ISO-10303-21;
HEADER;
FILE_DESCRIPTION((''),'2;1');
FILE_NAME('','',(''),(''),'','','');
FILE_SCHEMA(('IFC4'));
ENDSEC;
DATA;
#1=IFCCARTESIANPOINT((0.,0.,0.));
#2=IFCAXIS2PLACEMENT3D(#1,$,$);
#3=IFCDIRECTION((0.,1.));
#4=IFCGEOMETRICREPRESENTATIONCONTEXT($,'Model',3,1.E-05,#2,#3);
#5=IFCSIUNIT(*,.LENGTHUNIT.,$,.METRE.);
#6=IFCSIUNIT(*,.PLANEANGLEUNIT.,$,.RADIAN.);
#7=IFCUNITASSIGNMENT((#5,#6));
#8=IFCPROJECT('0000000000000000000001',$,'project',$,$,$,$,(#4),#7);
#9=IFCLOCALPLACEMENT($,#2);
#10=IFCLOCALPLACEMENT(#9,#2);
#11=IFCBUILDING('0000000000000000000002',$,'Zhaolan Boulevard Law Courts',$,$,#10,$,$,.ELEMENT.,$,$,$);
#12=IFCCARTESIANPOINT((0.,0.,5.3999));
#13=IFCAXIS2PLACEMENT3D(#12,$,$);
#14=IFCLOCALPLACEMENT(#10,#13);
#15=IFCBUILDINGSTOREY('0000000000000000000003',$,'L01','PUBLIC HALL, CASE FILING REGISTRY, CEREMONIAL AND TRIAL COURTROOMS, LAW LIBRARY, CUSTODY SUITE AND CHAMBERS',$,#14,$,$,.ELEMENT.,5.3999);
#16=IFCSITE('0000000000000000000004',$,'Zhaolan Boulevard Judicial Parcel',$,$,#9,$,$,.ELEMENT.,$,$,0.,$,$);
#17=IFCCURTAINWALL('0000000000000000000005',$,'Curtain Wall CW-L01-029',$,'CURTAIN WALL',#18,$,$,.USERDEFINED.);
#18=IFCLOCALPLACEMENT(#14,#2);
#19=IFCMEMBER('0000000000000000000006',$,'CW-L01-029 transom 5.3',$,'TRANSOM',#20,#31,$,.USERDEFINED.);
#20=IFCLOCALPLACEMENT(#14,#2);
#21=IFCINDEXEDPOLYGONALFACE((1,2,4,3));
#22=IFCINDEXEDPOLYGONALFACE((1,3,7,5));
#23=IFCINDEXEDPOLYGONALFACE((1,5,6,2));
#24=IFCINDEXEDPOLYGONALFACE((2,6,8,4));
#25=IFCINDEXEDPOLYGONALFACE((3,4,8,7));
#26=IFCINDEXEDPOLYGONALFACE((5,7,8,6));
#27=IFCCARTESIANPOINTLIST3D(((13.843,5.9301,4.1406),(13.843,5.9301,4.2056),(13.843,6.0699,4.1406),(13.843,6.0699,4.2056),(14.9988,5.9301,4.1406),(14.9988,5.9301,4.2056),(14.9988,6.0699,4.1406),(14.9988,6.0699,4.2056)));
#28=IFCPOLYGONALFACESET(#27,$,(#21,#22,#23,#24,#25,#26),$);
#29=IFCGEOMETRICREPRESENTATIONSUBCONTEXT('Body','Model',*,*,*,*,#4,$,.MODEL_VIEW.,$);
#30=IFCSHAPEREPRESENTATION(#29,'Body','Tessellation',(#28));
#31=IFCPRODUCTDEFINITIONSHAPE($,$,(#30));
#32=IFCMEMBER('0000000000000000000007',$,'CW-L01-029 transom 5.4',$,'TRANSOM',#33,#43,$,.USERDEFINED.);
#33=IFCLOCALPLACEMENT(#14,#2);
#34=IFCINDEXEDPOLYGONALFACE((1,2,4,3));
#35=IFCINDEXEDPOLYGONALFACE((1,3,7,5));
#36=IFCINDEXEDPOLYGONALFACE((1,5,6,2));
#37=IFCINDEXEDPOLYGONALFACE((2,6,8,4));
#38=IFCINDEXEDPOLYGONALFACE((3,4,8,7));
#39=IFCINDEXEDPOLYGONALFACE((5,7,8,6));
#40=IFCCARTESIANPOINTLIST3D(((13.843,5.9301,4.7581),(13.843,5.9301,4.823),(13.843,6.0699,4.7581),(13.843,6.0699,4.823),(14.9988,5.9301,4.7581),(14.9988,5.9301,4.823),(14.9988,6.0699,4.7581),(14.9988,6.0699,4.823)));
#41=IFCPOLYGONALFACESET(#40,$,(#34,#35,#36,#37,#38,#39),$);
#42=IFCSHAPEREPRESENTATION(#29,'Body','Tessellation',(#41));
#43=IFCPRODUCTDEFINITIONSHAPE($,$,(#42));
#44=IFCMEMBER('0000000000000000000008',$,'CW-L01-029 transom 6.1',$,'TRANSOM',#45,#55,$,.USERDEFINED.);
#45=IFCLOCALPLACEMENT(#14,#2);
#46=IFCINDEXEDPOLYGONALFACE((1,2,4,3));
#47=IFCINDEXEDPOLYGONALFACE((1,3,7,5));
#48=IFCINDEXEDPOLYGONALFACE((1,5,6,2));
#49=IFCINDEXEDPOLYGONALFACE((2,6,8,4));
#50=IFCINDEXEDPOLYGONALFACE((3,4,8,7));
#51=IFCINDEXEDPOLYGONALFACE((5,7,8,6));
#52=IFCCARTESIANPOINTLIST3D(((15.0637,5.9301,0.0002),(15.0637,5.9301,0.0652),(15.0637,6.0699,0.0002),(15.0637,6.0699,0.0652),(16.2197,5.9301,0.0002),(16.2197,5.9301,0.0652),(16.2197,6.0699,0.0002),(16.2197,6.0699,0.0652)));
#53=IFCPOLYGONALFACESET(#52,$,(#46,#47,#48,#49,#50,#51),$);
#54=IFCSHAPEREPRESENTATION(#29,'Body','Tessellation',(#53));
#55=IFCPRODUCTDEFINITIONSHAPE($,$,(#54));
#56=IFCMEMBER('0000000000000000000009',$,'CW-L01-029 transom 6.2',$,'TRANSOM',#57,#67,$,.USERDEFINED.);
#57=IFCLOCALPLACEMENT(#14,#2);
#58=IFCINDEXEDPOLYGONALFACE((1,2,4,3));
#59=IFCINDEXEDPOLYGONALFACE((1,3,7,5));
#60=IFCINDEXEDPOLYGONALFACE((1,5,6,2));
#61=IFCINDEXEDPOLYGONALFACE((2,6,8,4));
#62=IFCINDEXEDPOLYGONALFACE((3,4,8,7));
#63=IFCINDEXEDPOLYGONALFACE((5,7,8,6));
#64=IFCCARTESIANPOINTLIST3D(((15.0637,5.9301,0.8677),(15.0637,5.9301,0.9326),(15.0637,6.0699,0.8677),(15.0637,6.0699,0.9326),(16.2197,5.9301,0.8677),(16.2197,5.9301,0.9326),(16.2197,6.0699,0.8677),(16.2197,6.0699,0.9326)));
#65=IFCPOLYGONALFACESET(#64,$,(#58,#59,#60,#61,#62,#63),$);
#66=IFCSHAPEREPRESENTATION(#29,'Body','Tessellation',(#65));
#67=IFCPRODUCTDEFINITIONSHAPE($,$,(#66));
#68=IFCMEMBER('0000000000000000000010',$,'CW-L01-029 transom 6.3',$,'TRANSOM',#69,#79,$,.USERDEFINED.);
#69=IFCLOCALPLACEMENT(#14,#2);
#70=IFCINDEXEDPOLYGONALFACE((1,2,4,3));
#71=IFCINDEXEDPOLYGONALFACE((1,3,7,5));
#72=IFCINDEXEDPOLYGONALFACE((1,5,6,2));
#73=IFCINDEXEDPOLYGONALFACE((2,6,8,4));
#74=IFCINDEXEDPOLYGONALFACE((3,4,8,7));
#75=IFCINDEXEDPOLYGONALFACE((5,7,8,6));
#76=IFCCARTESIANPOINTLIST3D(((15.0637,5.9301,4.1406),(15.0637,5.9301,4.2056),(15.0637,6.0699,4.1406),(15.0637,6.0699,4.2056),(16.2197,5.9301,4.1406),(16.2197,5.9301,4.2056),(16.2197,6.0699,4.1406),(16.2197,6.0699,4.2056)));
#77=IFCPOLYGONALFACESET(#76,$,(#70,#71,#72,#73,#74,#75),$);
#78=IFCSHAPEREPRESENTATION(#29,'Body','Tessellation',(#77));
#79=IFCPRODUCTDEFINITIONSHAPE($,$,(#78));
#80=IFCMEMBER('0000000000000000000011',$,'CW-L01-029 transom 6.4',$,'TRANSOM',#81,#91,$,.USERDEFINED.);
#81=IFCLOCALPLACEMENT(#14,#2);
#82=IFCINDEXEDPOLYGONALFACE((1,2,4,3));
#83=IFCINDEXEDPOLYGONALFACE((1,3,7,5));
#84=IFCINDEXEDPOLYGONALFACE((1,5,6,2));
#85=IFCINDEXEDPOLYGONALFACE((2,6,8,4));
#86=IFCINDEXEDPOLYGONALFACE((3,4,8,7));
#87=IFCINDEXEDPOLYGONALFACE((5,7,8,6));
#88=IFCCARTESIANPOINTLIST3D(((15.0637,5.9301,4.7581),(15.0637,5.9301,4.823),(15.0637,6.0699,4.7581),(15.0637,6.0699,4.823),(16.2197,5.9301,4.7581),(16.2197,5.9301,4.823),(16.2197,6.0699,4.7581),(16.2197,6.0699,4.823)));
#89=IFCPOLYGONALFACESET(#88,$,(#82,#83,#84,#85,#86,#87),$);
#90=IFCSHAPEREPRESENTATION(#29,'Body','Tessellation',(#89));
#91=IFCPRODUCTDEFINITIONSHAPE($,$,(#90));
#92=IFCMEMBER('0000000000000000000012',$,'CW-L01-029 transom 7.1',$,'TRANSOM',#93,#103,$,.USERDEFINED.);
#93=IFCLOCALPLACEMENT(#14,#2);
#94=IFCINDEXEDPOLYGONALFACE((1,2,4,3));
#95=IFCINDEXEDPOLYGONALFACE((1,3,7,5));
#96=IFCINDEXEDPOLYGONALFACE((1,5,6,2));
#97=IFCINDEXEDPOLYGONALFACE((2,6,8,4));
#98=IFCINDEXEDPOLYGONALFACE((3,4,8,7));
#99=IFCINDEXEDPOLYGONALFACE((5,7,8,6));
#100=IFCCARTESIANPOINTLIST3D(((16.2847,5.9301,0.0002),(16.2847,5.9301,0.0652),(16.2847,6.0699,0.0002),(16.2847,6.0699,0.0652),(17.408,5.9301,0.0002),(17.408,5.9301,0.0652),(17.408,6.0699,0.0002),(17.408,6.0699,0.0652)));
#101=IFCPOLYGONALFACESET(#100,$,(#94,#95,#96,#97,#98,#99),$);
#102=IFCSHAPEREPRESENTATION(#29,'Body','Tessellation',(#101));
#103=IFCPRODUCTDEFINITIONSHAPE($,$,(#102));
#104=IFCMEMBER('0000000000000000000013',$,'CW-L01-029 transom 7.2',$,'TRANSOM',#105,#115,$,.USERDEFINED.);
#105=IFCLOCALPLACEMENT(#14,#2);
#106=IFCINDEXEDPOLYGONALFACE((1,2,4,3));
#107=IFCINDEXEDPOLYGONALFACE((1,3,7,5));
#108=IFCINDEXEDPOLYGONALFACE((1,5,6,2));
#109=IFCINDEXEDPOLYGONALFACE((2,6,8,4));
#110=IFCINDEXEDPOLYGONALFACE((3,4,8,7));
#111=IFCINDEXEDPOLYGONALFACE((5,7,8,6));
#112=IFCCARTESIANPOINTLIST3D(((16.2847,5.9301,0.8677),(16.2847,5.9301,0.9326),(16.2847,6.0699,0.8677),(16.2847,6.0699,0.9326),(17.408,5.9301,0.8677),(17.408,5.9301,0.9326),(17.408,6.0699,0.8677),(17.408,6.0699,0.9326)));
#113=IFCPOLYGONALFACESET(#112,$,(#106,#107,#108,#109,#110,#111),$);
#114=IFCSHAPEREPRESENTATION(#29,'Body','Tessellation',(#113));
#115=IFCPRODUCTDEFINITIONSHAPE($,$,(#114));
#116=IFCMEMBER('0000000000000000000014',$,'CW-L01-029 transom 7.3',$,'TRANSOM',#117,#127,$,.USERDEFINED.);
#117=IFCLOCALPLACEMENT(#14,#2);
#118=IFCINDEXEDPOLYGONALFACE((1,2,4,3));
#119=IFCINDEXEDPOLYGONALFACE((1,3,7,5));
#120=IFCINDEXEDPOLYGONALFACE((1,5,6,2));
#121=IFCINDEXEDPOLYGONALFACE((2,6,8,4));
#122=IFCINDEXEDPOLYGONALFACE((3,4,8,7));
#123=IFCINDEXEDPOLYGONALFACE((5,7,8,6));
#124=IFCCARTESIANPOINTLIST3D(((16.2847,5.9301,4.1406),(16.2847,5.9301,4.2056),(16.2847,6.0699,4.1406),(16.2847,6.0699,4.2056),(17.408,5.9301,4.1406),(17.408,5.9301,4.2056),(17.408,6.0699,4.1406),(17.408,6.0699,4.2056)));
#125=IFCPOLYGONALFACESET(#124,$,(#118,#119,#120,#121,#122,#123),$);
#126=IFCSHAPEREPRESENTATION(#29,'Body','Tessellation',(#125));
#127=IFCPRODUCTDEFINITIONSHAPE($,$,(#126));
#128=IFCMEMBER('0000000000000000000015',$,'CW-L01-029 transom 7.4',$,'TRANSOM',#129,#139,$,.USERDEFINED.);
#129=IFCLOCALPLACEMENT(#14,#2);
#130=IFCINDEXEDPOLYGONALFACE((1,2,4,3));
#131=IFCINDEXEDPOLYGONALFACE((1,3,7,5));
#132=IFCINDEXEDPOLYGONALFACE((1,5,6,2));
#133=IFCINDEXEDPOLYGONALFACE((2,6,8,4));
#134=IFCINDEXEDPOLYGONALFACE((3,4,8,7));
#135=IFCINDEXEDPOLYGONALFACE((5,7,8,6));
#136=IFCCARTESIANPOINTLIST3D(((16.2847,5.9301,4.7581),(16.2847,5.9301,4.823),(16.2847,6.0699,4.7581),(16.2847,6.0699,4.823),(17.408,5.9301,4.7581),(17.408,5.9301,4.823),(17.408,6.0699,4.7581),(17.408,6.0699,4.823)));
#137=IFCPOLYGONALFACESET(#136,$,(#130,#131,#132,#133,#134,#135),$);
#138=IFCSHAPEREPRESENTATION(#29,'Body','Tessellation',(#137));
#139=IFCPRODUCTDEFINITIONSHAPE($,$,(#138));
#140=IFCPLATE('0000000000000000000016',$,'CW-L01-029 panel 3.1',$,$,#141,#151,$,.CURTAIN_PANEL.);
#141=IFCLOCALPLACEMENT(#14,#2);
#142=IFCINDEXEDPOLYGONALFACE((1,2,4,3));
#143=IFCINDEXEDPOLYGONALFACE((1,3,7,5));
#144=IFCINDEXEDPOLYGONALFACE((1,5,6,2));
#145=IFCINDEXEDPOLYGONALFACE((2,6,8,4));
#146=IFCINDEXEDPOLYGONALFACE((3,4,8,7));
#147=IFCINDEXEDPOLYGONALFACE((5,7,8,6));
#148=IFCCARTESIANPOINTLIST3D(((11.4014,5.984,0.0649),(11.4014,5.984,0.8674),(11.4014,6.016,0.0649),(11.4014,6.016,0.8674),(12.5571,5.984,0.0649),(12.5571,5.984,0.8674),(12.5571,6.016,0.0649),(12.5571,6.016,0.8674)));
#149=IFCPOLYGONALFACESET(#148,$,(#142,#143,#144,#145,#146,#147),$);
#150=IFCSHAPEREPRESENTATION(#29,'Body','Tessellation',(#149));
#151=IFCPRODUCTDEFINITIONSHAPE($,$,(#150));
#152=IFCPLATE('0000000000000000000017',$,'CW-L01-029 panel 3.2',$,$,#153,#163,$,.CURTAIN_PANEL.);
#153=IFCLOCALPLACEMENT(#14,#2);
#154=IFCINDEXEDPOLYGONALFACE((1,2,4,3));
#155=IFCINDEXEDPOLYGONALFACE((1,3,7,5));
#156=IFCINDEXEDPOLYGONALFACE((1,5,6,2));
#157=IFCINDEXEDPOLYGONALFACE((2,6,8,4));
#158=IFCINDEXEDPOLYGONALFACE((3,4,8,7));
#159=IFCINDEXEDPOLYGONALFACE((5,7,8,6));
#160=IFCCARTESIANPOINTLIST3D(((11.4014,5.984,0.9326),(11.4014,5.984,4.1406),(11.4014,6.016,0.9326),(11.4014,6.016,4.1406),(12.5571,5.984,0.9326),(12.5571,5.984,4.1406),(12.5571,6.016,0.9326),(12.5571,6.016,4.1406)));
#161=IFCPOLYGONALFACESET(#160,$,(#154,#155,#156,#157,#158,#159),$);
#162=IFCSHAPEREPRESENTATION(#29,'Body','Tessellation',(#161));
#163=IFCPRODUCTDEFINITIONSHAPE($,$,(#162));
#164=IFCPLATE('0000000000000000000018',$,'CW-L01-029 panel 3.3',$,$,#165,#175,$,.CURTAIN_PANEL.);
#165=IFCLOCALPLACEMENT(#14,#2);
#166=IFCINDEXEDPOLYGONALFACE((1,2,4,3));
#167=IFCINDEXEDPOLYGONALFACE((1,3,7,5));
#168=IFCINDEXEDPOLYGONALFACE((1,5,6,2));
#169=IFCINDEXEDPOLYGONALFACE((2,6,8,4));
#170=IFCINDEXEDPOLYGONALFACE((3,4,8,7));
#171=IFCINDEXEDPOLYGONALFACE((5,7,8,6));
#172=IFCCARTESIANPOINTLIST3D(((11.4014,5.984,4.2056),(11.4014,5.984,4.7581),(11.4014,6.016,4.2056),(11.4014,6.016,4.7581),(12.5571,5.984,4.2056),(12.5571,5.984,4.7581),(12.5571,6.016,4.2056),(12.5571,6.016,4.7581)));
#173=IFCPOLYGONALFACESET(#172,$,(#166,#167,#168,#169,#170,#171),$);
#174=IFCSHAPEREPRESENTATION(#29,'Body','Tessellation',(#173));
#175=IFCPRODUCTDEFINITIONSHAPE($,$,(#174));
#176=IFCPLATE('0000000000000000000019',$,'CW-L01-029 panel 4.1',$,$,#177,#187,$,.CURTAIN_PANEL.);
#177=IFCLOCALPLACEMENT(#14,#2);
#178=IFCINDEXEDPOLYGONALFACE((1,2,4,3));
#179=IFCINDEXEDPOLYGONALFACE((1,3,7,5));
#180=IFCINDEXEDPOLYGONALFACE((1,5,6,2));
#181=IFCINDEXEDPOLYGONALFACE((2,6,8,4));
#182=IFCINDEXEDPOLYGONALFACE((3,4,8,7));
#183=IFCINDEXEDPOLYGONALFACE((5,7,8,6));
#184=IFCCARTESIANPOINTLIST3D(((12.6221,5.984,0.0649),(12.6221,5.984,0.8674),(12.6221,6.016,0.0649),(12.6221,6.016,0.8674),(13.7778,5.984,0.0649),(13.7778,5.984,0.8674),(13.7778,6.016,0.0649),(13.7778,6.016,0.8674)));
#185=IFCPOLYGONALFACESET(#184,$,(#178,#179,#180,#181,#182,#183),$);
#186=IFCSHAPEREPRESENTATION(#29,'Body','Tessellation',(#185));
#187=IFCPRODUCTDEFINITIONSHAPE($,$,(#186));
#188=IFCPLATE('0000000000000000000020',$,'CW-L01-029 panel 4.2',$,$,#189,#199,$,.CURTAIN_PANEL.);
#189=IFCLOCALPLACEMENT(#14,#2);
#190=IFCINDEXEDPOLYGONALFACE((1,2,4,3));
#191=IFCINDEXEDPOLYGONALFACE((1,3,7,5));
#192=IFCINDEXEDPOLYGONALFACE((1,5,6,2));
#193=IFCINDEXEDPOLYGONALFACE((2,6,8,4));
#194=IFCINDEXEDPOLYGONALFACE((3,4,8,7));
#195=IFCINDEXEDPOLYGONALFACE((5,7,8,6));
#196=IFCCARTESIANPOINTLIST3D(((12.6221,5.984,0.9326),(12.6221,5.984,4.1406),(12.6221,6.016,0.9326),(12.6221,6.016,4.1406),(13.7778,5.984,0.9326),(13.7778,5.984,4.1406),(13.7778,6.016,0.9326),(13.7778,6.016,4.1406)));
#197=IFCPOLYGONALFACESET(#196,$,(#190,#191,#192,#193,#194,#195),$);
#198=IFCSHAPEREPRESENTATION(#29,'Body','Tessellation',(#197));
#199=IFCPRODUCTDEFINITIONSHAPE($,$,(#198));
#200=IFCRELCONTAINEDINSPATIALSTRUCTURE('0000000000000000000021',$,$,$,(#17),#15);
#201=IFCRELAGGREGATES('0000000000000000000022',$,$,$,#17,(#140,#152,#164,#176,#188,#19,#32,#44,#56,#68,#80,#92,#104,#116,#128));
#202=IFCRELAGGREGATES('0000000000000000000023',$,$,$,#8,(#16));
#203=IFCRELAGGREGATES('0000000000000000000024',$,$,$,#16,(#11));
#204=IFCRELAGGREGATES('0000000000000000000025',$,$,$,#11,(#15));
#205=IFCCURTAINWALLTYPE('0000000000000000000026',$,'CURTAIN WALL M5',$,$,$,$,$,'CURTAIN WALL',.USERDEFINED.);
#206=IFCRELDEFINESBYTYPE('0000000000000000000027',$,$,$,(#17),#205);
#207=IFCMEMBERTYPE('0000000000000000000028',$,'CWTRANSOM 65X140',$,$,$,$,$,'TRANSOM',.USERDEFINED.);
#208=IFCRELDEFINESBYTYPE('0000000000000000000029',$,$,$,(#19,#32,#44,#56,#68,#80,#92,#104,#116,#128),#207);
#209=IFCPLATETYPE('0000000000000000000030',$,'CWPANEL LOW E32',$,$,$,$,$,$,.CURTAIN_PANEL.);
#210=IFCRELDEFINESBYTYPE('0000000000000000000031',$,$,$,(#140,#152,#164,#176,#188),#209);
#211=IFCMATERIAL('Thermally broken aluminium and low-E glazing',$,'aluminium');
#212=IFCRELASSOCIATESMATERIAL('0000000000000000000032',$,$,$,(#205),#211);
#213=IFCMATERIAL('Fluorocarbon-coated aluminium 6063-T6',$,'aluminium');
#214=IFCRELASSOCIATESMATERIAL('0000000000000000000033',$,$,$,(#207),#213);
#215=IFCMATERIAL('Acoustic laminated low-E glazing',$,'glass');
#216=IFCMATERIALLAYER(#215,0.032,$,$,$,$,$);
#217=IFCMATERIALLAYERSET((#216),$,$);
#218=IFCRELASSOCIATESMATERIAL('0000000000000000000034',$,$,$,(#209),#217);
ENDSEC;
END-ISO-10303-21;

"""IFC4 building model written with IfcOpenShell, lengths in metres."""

from ifc_helpers import new_model, si_unit, direction, frame, origin, origin_2d, place, context, subcontext, project, spatial, rectangle, extrude, material, layer, layer_set, material_profile, profile_set, type_object, element, aggregate, save


model = new_model("IFC4")

# Units and contexts
model_context = context("Model", 3, precision=1e-05, world=origin(), true_north=direction((0.0, 1.0)))
body_context = subcontext(model_context, "Body", "Model", "MODEL_VIEW")
ifc_project = project(units=[si_unit("LENGTHUNIT", "METRE"), si_unit("PLANEANGLEUNIT", "RADIAN")], contexts=[model_context])

# Site, building, storey
site_placement = place(None, origin())
site = spatial("IfcSite", under=ifc_project, at=site_placement, Name="Zhaolan Boulevard Judicial Parcel", CompositionType="ELEMENT", RefElevation=0.0)
building_placement = place(site_placement, origin())
building = spatial("IfcBuilding", under=site, at=building_placement, Name="Zhaolan Boulevard Law Courts", CompositionType="ELEMENT")
storey_placement = place(building_placement, frame((0.0, 0.0, 5.3999)))
storey = spatial("IfcBuildingStorey", under=building, at=storey_placement, Name="L01", Description="PUBLIC HALL, CASE FILING REGISTRY, CEREMONIAL AND TRIAL COURTROOMS, LAW LIBRARY, CUSTODY SUITE AND CHAMBERS", CompositionType="ELEMENT", Elevation=5.3999)

# Curtain wall, members, plates
ifc_material_1 = material(Name="Thermally broken aluminium and low-E glazing", Category="aluminium")
curtain_wall_type = type_object("IfcCurtainWallType", Name="CURTAIN WALL M5", ElementType="CURTAIN WALL", PredefinedType="USERDEFINED", material=ifc_material_1)
curtain_wall_placement = place(storey_placement, origin())
curtain_wall = element("IfcCurtainWall", 1, at=curtain_wall_placement, inside=storey, type_object=curtain_wall_type, Name="Curtain Wall CW-L01-029", ObjectType="CURTAIN WALL", PredefinedType="USERDEFINED")
ifc_material_2 = material(Name="Fluorocarbon-coated aluminium 6063-T6", Category="aluminium")
ifc_material_profile_1 = material_profile(ifc_material_2, rectangle(XDim=0.1399, YDim=0.0649, at=origin_2d()), Name="AL65x140")
ifc_profile_set_1 = profile_set([ifc_material_profile_1], Name="Fluorocarbon-coated aluminium 6063-T6")
member_type_1 = type_object("IfcMemberType", Name="CWTRANSOM 65X140", ElementType="TRANSOM", PredefinedType="USERDEFINED", material=ifc_profile_set_1)
member_1_placement = place(storey_placement, frame((13.843, 6.0, 4.1731), z_axis=(1.0, 0.0, 0.0), x_axis=(0.0, 1.0, 0.0)))
member_1 = element("IfcMember", 2, at=member_1_placement, type_object=member_type_1, Name="CW-L01-029 transom 5.3", ObjectType="TRANSOM", PredefinedType="USERDEFINED", context=body_context, shape_type="SweptSolid", body=[
    extrude(rectangle(XDim=0.1399, YDim=0.0649, at=origin_2d()), origin(), (0.0, 0.0, 1.0), 1.1558),
])
member_2_placement = place(storey_placement, frame((13.843, 6.0, 4.7905), z_axis=(1.0, 0.0, 0.0), x_axis=(0.0, 1.0, 0.0)))
member_2 = element("IfcMember", 3, at=member_2_placement, type_object=member_type_1, Name="CW-L01-029 transom 5.4", ObjectType="TRANSOM", PredefinedType="USERDEFINED", context=body_context, shape_type="SweptSolid", body=[
    extrude(rectangle(XDim=0.1399, YDim=0.0649, at=origin_2d()), origin(), (0.0, 0.0, 1.0), 1.1558),
])
member_3_placement = place(storey_placement, frame((15.0637, 6.0, 0.0327), z_axis=(1.0, 0.0, 0.0), x_axis=(0.0, 1.0, 0.0)))
member_3 = element("IfcMember", 4, at=member_3_placement, type_object=member_type_1, Name="CW-L01-029 transom 6.1", ObjectType="TRANSOM", PredefinedType="USERDEFINED", context=body_context, shape_type="SweptSolid", body=[
    extrude(rectangle(XDim=0.1399, YDim=0.0649, at=origin_2d()), origin(), (0.0, 0.0, 1.0), 1.156),
])
member_4_placement = place(storey_placement, frame((15.0637, 6.0, 0.9001), z_axis=(1.0, 0.0, 0.0), x_axis=(0.0, 1.0, 0.0)))
member_4 = element("IfcMember", 5, at=member_4_placement, type_object=member_type_1, Name="CW-L01-029 transom 6.2", ObjectType="TRANSOM", PredefinedType="USERDEFINED", context=body_context, shape_type="SweptSolid", body=[
    extrude(rectangle(XDim=0.1399, YDim=0.0649, at=origin_2d()), origin(), (0.0, 0.0, 1.0), 1.156),
])
member_5_placement = place(storey_placement, frame((15.0637, 6.0, 4.1731), z_axis=(1.0, 0.0, 0.0), x_axis=(0.0, 1.0, 0.0)))
member_5 = element("IfcMember", 6, at=member_5_placement, type_object=member_type_1, Name="CW-L01-029 transom 6.3", ObjectType="TRANSOM", PredefinedType="USERDEFINED", context=body_context, shape_type="SweptSolid", body=[
    extrude(rectangle(XDim=0.1399, YDim=0.0649, at=origin_2d()), origin(), (0.0, 0.0, 1.0), 1.156),
])
member_6_placement = place(storey_placement, frame((15.0637, 6.0, 4.7905), z_axis=(1.0, 0.0, 0.0), x_axis=(0.0, 1.0, 0.0)))
member_6 = element("IfcMember", 7, at=member_6_placement, type_object=member_type_1, Name="CW-L01-029 transom 6.4", ObjectType="TRANSOM", PredefinedType="USERDEFINED", context=body_context, shape_type="SweptSolid", body=[
    extrude(rectangle(XDim=0.1399, YDim=0.0649, at=origin_2d()), origin(), (0.0, 0.0, 1.0), 1.156),
])
member_7_placement = place(storey_placement, frame((16.2847, 6.0, 0.0327), z_axis=(1.0, 0.0, 0.0), x_axis=(0.0, 1.0, 0.0)))
member_7 = element("IfcMember", 8, at=member_7_placement, type_object=member_type_1, Name="CW-L01-029 transom 7.1", ObjectType="TRANSOM", PredefinedType="USERDEFINED", context=body_context, shape_type="SweptSolid", body=[
    extrude(rectangle(XDim=0.1399, YDim=0.0649, at=origin_2d()), origin(), (0.0, 0.0, 1.0), 1.1233),
])
member_8_placement = place(storey_placement, frame((16.2847, 6.0, 0.9001), z_axis=(1.0, 0.0, 0.0), x_axis=(0.0, 1.0, 0.0)))
member_8 = element("IfcMember", 9, at=member_8_placement, type_object=member_type_1, Name="CW-L01-029 transom 7.2", ObjectType="TRANSOM", PredefinedType="USERDEFINED", context=body_context, shape_type="SweptSolid", body=[
    extrude(rectangle(XDim=0.1399, YDim=0.0649, at=origin_2d()), origin(), (0.0, 0.0, 1.0), 1.1233),
])
member_9_placement = place(storey_placement, frame((16.2847, 6.0, 4.1731), z_axis=(1.0, 0.0, 0.0), x_axis=(0.0, 1.0, 0.0)))
member_9 = element("IfcMember", 10, at=member_9_placement, type_object=member_type_1, Name="CW-L01-029 transom 7.3", ObjectType="TRANSOM", PredefinedType="USERDEFINED", context=body_context, shape_type="SweptSolid", body=[
    extrude(rectangle(XDim=0.1399, YDim=0.0649, at=origin_2d()), origin(), (0.0, 0.0, 1.0), 1.1233),
])
member_10_placement = place(storey_placement, frame((16.2847, 6.0, 4.7905), z_axis=(1.0, 0.0, 0.0), x_axis=(0.0, 1.0, 0.0)))
member_10 = element("IfcMember", 11, at=member_10_placement, type_object=member_type_1, Name="CW-L01-029 transom 7.4", ObjectType="TRANSOM", PredefinedType="USERDEFINED", context=body_context, shape_type="SweptSolid", body=[
    extrude(rectangle(XDim=0.1399, YDim=0.0649, at=origin_2d()), origin(), (0.0, 0.0, 1.0), 1.1233),
])
ifc_material_3 = material(Name="Acoustic laminated low-E glazing", Category="glass")
ifc_layer_1 = layer(ifc_material_3, 0.032)
ifc_layer_set_1 = layer_set([ifc_layer_1])
plate_type_1 = type_object("IfcPlateType", Name="CWPANEL LOW E32", PredefinedType="CURTAIN_PANEL", material=ifc_layer_set_1)
plate_1_placement = place(storey_placement, frame((11.9792, 6.0, 0.0649), z_axis=(0.0, 0.0, 1.0), x_axis=(1.0, 0.0, 0.0)))
plate_1 = element("IfcPlate", 12, at=plate_1_placement, type_object=plate_type_1, Name="CW-L01-029 panel 3.1", PredefinedType="CURTAIN_PANEL", context=body_context, shape_type="SweptSolid", body=[
    extrude(rectangle(XDim=1.1558, YDim=0.032, at=origin_2d()), origin(), (0.0, 0.0, 1.0), 0.8025),
])
plate_2_placement = place(storey_placement, frame((11.9792, 6.0, 0.9326), z_axis=(0.0, 0.0, 1.0), x_axis=(1.0, 0.0, 0.0)))
plate_2 = element("IfcPlate", 13, at=plate_2_placement, type_object=plate_type_1, Name="CW-L01-029 panel 3.2", PredefinedType="CURTAIN_PANEL", context=body_context, shape_type="SweptSolid", body=[
    extrude(rectangle(XDim=1.1558, YDim=0.032, at=origin_2d()), origin(), (0.0, 0.0, 1.0), 3.208),
])
plate_3_placement = place(storey_placement, frame((11.9792, 6.0, 4.2056), z_axis=(0.0, 0.0, 1.0), x_axis=(1.0, 0.0, 0.0)))
plate_3 = element("IfcPlate", 14, at=plate_3_placement, type_object=plate_type_1, Name="CW-L01-029 panel 3.3", PredefinedType="CURTAIN_PANEL", context=body_context, shape_type="SweptSolid", body=[
    extrude(rectangle(XDim=1.1558, YDim=0.032, at=origin_2d()), origin(), (0.0, 0.0, 1.0), 0.5525),
])
plate_4_placement = place(storey_placement, frame((13.2, 6.0, 0.0649), z_axis=(0.0, 0.0, 1.0), x_axis=(1.0, 0.0, 0.0)))
plate_4 = element("IfcPlate", 15, at=plate_4_placement, type_object=plate_type_1, Name="CW-L01-029 panel 4.1", PredefinedType="CURTAIN_PANEL", context=body_context, shape_type="SweptSolid", body=[
    extrude(rectangle(XDim=1.1558, YDim=0.032, at=origin_2d()), origin(), (0.0, 0.0, 1.0), 0.8025),
])
plate_5_placement = place(storey_placement, frame((13.2, 6.0, 0.9326), z_axis=(0.0, 0.0, 1.0), x_axis=(1.0, 0.0, 0.0)))
plate_5 = element("IfcPlate", 16, at=plate_5_placement, type_object=plate_type_1, Name="CW-L01-029 panel 4.2", PredefinedType="CURTAIN_PANEL", context=body_context, shape_type="SweptSolid", body=[
    extrude(rectangle(XDim=1.1558, YDim=0.032, at=origin_2d()), origin(), (0.0, 0.0, 1.0), 3.208),
])
aggregate(curtain_wall, [plate_1, plate_2, plate_3, plate_4, plate_5, member_1, member_2, member_3, member_4, member_5, member_6, member_7, member_8, member_9, member_10])

save(model, "model.ifc")
